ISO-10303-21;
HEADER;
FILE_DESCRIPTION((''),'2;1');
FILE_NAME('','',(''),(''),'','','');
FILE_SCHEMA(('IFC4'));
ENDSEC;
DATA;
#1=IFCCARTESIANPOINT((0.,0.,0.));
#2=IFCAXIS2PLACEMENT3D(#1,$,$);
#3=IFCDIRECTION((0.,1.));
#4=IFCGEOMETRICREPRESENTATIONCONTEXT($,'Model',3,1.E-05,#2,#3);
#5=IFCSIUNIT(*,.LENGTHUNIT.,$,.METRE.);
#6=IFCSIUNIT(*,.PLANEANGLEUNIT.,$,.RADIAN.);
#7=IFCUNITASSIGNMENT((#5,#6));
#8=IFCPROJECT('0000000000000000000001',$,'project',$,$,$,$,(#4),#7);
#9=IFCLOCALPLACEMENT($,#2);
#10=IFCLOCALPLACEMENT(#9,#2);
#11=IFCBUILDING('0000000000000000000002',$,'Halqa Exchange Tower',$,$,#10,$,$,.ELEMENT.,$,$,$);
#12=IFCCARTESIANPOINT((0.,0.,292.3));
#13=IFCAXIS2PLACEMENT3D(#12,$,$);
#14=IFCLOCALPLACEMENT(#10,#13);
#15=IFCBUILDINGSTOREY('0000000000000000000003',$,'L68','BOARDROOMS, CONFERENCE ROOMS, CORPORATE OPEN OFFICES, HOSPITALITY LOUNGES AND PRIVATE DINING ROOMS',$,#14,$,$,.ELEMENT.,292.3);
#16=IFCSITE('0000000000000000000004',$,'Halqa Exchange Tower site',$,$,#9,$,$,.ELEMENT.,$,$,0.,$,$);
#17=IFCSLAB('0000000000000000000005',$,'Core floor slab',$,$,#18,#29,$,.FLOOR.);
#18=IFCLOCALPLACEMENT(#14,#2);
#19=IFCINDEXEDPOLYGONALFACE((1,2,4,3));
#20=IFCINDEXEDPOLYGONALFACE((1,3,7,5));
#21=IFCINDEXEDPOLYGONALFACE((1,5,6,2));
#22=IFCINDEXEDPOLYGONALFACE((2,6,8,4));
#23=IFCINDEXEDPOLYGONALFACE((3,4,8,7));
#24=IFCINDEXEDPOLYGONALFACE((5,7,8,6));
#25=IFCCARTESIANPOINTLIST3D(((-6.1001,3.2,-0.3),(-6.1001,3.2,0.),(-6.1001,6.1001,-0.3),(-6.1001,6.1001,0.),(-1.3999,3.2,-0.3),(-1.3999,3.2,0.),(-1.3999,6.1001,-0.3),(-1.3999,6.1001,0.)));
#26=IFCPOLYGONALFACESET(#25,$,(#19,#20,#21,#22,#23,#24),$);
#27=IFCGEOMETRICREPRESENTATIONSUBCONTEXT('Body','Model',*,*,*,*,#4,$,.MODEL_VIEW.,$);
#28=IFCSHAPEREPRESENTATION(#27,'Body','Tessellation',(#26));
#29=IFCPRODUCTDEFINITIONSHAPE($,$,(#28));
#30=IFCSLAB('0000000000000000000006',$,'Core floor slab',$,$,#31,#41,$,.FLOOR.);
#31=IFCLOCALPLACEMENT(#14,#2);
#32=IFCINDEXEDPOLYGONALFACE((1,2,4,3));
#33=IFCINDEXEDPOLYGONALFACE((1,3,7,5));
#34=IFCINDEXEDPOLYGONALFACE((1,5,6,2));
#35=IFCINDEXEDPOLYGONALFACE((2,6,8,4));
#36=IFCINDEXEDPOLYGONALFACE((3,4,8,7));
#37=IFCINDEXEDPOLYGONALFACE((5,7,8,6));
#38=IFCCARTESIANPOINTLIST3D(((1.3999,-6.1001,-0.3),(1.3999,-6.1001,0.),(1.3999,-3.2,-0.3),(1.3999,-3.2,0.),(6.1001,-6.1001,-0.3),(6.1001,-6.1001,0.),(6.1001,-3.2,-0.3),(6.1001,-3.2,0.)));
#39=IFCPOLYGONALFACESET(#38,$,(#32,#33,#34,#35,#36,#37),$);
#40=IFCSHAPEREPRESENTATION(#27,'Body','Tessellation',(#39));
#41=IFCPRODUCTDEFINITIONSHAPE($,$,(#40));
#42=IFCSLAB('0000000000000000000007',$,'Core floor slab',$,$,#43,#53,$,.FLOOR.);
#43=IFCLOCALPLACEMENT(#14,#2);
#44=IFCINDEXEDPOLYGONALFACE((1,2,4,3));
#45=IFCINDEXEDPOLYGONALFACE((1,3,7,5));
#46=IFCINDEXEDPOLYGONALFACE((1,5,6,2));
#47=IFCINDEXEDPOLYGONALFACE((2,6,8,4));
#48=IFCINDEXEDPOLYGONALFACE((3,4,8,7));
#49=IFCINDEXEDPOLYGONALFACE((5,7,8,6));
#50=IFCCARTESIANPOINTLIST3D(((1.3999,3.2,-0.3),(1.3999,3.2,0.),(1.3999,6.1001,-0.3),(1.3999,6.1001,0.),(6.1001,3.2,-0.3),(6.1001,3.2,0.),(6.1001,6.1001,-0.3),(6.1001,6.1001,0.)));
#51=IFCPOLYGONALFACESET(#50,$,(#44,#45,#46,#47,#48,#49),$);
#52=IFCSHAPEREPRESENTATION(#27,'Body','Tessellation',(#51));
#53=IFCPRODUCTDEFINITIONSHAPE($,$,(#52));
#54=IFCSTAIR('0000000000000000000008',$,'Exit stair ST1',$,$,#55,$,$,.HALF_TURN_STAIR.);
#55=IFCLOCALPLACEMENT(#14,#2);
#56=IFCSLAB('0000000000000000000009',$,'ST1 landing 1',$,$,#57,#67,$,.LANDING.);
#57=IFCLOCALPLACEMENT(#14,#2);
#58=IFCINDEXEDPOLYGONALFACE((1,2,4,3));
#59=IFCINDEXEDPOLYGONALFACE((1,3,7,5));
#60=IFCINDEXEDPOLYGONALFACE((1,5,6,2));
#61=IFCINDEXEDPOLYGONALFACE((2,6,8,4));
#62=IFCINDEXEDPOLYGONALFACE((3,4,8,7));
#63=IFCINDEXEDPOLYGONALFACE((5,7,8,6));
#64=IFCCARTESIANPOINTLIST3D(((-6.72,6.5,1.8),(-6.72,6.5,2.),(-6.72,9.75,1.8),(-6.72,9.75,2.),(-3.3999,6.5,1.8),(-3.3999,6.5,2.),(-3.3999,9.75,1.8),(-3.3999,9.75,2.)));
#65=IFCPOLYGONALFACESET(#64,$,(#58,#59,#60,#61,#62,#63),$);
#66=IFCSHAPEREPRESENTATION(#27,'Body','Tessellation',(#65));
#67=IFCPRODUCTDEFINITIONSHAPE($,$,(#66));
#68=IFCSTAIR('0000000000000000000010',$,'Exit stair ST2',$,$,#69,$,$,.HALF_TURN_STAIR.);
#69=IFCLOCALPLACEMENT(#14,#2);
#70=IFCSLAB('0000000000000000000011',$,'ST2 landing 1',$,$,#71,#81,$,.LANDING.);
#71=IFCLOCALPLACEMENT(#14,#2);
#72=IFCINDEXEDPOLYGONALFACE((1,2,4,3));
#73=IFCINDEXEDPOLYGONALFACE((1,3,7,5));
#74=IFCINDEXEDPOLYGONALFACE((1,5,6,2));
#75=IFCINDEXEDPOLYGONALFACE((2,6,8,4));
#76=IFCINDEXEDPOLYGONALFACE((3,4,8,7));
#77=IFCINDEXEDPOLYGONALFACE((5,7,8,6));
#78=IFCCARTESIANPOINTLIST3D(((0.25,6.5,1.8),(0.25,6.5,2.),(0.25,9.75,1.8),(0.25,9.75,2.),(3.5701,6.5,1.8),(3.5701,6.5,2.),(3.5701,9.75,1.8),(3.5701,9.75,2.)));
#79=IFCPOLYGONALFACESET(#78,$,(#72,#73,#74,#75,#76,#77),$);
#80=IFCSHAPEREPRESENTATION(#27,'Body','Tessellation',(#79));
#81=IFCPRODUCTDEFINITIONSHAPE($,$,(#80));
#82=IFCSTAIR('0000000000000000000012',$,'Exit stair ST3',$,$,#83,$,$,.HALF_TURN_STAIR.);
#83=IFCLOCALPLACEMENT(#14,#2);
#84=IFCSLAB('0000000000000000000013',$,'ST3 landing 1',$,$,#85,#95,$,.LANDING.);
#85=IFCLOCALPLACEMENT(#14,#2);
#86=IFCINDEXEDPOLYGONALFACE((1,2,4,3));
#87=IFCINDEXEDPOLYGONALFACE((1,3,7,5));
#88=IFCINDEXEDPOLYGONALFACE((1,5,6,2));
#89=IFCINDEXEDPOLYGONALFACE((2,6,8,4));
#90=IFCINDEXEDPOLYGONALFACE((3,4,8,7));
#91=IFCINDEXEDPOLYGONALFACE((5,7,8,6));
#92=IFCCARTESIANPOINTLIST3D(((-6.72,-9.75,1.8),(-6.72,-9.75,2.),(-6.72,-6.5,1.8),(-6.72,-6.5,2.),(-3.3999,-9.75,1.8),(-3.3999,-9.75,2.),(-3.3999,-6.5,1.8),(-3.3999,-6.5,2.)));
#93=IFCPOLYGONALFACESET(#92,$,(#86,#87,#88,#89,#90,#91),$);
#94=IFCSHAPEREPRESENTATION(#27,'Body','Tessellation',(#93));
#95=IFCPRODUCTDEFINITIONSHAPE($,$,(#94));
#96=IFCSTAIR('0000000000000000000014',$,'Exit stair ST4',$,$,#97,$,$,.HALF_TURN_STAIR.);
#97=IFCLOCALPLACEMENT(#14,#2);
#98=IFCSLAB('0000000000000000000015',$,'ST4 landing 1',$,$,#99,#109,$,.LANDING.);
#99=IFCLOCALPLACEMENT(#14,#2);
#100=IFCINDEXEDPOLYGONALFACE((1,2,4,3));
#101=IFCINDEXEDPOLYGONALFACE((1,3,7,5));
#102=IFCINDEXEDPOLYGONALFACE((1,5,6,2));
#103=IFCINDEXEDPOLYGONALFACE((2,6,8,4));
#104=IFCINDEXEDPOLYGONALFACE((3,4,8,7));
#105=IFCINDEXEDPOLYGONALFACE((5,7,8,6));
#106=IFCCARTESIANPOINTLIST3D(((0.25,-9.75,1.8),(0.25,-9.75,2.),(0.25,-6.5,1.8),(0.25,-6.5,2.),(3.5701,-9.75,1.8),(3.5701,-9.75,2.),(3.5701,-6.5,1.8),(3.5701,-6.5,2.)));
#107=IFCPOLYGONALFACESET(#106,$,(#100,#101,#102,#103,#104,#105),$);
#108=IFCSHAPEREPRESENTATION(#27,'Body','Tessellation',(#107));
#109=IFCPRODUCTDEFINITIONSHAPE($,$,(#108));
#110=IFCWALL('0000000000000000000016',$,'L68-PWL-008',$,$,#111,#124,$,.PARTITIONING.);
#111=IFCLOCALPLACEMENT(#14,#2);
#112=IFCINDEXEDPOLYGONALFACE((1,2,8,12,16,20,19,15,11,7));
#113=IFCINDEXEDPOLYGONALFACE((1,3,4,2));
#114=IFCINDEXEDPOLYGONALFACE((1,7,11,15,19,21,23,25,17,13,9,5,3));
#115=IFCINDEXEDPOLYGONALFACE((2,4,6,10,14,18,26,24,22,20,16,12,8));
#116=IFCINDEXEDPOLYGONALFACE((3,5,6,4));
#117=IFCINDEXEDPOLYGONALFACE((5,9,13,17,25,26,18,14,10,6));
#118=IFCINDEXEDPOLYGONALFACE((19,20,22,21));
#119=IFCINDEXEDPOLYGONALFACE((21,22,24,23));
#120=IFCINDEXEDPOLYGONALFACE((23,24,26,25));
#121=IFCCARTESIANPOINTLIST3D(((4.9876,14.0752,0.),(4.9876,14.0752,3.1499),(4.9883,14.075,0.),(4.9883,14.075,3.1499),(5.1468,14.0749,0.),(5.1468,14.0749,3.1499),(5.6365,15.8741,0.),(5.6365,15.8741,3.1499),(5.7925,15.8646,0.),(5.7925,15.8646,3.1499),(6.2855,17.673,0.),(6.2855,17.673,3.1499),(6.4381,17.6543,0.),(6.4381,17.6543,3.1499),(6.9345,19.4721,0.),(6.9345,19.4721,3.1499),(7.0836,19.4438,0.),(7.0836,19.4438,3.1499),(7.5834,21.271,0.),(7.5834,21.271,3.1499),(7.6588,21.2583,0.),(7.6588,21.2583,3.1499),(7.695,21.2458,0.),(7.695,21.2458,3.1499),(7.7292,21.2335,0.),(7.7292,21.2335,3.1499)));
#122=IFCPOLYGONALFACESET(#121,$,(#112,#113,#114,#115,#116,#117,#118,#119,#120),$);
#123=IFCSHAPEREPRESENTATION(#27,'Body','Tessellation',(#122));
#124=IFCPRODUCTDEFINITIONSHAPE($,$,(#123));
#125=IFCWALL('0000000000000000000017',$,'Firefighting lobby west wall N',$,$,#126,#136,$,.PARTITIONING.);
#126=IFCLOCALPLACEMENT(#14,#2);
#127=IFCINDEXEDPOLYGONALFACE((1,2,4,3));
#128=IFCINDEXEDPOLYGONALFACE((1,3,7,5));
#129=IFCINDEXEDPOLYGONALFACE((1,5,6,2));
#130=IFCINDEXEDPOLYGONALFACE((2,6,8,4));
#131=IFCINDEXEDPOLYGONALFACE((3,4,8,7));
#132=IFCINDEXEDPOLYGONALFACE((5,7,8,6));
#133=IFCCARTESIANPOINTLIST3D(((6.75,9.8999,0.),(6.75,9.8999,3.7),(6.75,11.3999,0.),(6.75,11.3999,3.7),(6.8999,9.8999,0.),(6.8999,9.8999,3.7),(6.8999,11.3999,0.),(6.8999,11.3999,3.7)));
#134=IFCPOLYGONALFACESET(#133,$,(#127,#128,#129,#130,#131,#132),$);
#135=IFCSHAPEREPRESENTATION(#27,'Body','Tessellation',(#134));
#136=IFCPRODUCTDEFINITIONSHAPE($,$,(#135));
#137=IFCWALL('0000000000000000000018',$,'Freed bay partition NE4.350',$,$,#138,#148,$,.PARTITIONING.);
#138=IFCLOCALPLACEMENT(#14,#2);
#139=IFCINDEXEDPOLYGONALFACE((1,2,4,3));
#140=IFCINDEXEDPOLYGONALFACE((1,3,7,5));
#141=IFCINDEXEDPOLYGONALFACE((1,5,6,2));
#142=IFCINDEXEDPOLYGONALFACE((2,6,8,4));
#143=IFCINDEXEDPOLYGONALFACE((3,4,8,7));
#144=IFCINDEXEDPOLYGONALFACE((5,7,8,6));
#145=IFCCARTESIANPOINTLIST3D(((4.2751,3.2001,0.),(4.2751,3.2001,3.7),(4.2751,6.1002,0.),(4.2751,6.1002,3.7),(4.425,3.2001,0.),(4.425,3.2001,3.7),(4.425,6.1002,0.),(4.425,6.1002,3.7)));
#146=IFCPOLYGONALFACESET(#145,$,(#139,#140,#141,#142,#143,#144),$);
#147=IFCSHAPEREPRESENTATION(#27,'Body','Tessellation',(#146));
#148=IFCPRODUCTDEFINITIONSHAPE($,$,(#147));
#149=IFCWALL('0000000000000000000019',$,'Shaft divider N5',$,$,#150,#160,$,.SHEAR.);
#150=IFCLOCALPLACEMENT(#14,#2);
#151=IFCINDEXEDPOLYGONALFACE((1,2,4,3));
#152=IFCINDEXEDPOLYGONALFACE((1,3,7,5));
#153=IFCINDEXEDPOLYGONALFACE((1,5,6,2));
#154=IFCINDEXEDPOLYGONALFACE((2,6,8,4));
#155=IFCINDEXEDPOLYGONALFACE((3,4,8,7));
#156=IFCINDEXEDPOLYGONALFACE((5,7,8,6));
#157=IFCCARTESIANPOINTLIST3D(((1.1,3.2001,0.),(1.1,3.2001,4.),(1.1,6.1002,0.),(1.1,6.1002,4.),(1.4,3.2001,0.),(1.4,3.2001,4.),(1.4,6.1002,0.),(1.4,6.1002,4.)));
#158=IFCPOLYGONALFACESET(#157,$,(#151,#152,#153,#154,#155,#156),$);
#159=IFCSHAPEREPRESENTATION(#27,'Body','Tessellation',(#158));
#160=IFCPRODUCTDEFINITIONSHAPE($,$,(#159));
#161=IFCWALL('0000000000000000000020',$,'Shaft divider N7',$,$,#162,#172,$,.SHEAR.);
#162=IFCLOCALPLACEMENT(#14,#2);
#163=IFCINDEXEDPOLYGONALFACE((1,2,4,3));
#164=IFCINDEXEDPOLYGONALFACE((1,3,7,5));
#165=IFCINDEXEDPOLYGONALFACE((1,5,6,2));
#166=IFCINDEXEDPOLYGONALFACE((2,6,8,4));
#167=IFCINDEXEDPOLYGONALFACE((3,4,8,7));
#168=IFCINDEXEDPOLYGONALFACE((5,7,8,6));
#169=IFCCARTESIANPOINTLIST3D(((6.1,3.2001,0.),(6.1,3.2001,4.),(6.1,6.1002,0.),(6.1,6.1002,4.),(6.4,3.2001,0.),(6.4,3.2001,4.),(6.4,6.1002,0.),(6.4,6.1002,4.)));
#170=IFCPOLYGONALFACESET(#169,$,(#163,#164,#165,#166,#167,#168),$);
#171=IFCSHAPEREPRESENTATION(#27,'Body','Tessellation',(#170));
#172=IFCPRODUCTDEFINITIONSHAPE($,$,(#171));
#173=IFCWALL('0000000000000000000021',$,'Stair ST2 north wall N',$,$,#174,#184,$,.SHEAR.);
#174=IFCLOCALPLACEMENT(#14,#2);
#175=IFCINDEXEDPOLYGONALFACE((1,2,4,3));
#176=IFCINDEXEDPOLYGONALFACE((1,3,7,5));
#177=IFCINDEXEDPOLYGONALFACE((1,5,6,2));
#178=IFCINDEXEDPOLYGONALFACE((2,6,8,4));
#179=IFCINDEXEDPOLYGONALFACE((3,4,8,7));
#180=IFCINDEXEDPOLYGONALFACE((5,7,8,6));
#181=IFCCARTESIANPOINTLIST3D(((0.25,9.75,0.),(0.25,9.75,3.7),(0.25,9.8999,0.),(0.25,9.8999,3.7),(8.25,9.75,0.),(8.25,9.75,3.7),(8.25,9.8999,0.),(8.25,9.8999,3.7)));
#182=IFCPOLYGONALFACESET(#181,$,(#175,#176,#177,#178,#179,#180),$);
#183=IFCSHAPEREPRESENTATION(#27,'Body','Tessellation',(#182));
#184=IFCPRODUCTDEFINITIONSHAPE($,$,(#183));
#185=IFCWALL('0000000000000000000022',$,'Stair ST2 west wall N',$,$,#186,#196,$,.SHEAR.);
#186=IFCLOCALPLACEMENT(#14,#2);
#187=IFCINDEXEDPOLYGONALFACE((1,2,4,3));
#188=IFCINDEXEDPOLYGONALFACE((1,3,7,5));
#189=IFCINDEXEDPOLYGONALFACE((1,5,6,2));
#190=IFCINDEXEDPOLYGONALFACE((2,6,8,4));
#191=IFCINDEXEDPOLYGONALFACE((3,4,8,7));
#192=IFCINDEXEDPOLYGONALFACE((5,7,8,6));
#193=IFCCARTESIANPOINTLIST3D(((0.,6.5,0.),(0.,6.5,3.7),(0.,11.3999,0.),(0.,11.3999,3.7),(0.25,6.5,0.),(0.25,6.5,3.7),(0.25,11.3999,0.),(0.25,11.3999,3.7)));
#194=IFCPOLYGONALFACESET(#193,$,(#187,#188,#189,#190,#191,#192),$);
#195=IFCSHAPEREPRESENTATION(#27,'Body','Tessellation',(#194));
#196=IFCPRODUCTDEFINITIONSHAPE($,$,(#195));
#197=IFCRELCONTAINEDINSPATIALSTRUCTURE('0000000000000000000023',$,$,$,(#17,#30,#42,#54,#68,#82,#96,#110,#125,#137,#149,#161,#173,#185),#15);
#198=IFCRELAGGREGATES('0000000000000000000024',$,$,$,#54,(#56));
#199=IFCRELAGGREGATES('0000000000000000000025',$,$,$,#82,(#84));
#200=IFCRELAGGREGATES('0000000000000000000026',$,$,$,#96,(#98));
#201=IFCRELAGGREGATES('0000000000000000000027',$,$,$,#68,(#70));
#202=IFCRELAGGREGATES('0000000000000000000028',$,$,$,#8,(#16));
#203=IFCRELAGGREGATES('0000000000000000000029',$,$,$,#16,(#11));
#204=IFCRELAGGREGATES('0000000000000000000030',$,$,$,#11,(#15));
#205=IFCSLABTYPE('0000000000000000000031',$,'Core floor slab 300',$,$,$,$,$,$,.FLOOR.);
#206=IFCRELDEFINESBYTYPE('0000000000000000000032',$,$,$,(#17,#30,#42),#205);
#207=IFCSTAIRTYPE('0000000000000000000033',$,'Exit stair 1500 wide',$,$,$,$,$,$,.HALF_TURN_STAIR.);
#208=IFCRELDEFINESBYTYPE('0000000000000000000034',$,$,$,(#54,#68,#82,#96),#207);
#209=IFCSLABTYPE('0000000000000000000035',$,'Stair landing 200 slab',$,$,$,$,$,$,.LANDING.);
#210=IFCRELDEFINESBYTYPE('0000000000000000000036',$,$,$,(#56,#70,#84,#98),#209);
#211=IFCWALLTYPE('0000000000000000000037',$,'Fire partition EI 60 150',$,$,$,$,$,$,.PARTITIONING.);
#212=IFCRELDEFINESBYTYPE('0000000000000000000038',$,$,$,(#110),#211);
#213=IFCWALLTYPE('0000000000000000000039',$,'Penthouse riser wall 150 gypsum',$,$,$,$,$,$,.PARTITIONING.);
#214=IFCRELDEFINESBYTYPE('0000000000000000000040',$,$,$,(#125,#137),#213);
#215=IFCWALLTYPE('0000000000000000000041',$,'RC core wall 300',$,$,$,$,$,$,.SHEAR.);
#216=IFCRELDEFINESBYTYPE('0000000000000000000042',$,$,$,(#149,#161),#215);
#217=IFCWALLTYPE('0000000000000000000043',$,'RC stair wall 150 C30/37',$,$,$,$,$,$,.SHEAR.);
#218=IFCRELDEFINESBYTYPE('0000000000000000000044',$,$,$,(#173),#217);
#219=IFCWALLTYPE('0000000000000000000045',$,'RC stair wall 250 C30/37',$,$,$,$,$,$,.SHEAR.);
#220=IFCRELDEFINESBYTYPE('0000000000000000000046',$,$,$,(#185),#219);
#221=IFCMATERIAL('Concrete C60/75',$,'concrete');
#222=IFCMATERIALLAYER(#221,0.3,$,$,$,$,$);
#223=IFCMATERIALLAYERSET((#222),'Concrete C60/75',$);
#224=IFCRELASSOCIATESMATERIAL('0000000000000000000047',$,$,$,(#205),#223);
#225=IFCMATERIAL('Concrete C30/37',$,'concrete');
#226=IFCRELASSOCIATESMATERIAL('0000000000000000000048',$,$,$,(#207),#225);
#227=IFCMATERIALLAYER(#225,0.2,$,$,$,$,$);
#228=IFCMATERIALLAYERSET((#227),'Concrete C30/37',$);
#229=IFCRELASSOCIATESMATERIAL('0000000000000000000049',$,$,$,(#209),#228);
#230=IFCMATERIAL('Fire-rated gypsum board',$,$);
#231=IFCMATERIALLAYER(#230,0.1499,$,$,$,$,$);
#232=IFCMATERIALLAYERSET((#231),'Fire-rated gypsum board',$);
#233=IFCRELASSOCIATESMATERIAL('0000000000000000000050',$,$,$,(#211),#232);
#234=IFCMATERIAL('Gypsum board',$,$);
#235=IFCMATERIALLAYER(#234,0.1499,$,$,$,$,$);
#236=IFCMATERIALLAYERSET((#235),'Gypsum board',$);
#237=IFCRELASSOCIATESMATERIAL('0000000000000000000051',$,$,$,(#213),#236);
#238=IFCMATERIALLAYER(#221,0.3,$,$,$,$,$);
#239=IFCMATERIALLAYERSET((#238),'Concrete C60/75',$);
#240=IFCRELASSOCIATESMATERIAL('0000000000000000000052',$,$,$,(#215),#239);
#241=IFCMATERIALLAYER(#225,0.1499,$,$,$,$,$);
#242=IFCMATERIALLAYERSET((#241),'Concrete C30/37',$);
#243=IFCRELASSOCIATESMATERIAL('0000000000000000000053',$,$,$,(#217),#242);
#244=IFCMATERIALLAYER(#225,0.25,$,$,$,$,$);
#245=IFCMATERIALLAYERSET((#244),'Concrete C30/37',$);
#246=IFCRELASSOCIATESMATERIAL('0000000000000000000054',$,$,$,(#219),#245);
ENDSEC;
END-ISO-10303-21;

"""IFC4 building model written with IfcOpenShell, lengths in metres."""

from ifc_helpers import new_model, si_unit, direction, frame, frame_2d, origin, place, context, subcontext, project, spatial, polyline, rectangle, outline, extrude, material, layer, layer_set, type_object, element, aggregate, save


model = new_model("IFC4")

# Units and contexts
model_context = context("Model", 3, precision=1e-05, world=origin(), true_north=direction((0.0, 1.0)))
body_context = subcontext(model_context, "Body", "Model", "MODEL_VIEW")
ifc_project = project(units=[si_unit("LENGTHUNIT", "METRE"), si_unit("PLANEANGLEUNIT", "RADIAN")], contexts=[model_context])

# Site, building, storey
site_placement = place(None, origin())
site = spatial("IfcSite", under=ifc_project, at=site_placement, Name="Halqa Exchange Tower site", CompositionType="ELEMENT", RefElevation=0.0)
building_placement = place(site_placement, origin())
building = spatial("IfcBuilding", under=site, at=building_placement, Name="Halqa Exchange Tower", CompositionType="ELEMENT")
storey_placement = place(building_placement, frame((0.0, 0.0, 292.3)))
storey = spatial("IfcBuildingStorey", under=building, at=storey_placement, Name="L68", Description="BOARDROOMS, CONFERENCE ROOMS, CORPORATE OPEN OFFICES, HOSPITALITY LOUNGES AND PRIVATE DINING ROOMS", CompositionType="ELEMENT", Elevation=292.3)

# Shared definitions
ifc_material_1 = material(Name="Concrete C60/75", Category="concrete")

# Slabs
ifc_layer_1 = layer(ifc_material_1, 0.3)
ifc_layer_set_1 = layer_set([ifc_layer_1], Name="Concrete C60/75")
slab_type_1 = type_object("IfcSlabType", Name="Core floor slab 300", PredefinedType="FLOOR", material=ifc_layer_set_1)
slab_1_placement = place(storey_placement, frame((0.0, 0.0, -0.3)))
element("IfcSlab", 1, at=slab_1_placement, inside=storey, type_object=slab_type_1, Name="Core floor slab", PredefinedType="FLOOR", context=body_context, shape_type="SweptSolid", body=[
    extrude(outline(polyline([(-1.3999, 3.2), (-6.1001, 3.2), (-6.1001, 6.1001), (-1.3999, 6.1001), (-1.3999, 3.2)])), origin(), (0.0, 0.0, 1.0), 0.3),
])
slab_2_placement = place(storey_placement, frame((0.0, 0.0, -0.3)))
element("IfcSlab", 2, at=slab_2_placement, inside=storey, type_object=slab_type_1, Name="Core floor slab", PredefinedType="FLOOR", context=body_context, shape_type="SweptSolid", body=[
    extrude(outline(polyline([(6.1001, -3.2), (6.1001, -6.1001), (1.3999, -6.1001), (1.3999, -3.2), (6.1001, -3.2)])), origin(), (0.0, 0.0, 1.0), 0.3),
])
slab_3_placement = place(storey_placement, frame((0.0, 0.0, -0.3)))
element("IfcSlab", 3, at=slab_3_placement, inside=storey, type_object=slab_type_1, Name="Core floor slab", PredefinedType="FLOOR", context=body_context, shape_type="SweptSolid", body=[
    extrude(outline(polyline([(6.1001, 6.1001), (6.1001, 3.2), (1.3999, 3.2), (1.3999, 6.1001), (6.1001, 6.1001)])), origin(), (0.0, 0.0, 1.0), 0.3),
])

# Stairs, slabs
ifc_material_2 = material(Name="Concrete C30/37", Category="concrete")
stair_type = type_object("IfcStairType", Name="Exit stair 1500 wide", PredefinedType="HALF_TURN_STAIR", material=ifc_material_2)
stair_1_placement = place(storey_placement, origin())
stair_1 = element("IfcStair", 4, at=stair_1_placement, inside=storey, type_object=stair_type, Name="Exit stair ST1", PredefinedType="HALF_TURN_STAIR")
ifc_layer_2 = layer(ifc_material_2, 0.2)
ifc_layer_set_2 = layer_set([ifc_layer_2], Name="Concrete C30/37")
slab_type_2 = type_object("IfcSlabType", Name="Stair landing 200 slab", PredefinedType="LANDING", material=ifc_layer_set_2)
slab_4_placement = place(storey_placement, frame((0.0, 0.0, 1.8)))
slab_4 = element("IfcSlab", 5, at=slab_4_placement, type_object=slab_type_2, Name="ST1 landing 1", PredefinedType="LANDING", context=body_context, shape_type="SweptSolid", body=[
    extrude(outline(polyline([(-6.72, 6.5), (-3.3999, 6.5), (-3.3999, 9.75), (-6.72, 9.75), (-6.72, 6.5)])), origin(), (0.0, 0.0, 1.0), 0.2),
])
aggregate(stair_1, [slab_4])
stair_2_placement = place(storey_placement, origin())
stair_2 = element("IfcStair", 6, at=stair_2_placement, inside=storey, type_object=stair_type, Name="Exit stair ST2", PredefinedType="HALF_TURN_STAIR")
slab_5_placement = place(storey_placement, frame((0.0, 0.0, 1.8)))
slab_5 = element("IfcSlab", 7, at=slab_5_placement, type_object=slab_type_2, Name="ST2 landing 1", PredefinedType="LANDING", context=body_context, shape_type="SweptSolid", body=[
    extrude(outline(polyline([(0.25, 6.5), (3.5701, 6.5), (3.5701, 9.75), (0.25, 9.75), (0.25, 6.5)])), origin(), (0.0, 0.0, 1.0), 0.2),
])
stair_3_placement = place(storey_placement, origin())
stair_3 = element("IfcStair", 8, at=stair_3_placement, inside=storey, type_object=stair_type, Name="Exit stair ST3", PredefinedType="HALF_TURN_STAIR")
slab_6_placement = place(storey_placement, frame((0.0, 0.0, 1.8)))
slab_6 = element("IfcSlab", 9, at=slab_6_placement, type_object=slab_type_2, Name="ST3 landing 1", PredefinedType="LANDING", context=body_context, shape_type="SweptSolid", body=[
    extrude(outline(polyline([(-6.72, -9.75), (-3.3999, -9.75), (-3.3999, -6.5), (-6.72, -6.5), (-6.72, -9.75)])), origin(), (0.0, 0.0, 1.0), 0.2),
])
aggregate(stair_3, [slab_6])
stair_4_placement = place(storey_placement, origin())
stair_4 = element("IfcStair", 10, at=stair_4_placement, inside=storey, type_object=stair_type, Name="Exit stair ST4", PredefinedType="HALF_TURN_STAIR")
slab_7_placement = place(storey_placement, frame((0.0, 0.0, 1.8)))
slab_7 = element("IfcSlab", 11, at=slab_7_placement, type_object=slab_type_2, Name="ST4 landing 1", PredefinedType="LANDING", context=body_context, shape_type="SweptSolid", body=[
    extrude(outline(polyline([(0.25, -9.75), (3.5701, -9.75), (3.5701, -6.5), (0.25, -6.5), (0.25, -9.75)])), origin(), (0.0, 0.0, 1.0), 0.2),
])
aggregate(stair_4, [slab_7])

# Walls
ifc_material_3 = material(Name="Fire-rated gypsum board")
ifc_layer_3 = layer(ifc_material_3, 0.1499)
ifc_layer_set_3 = layer_set([ifc_layer_3], Name="Fire-rated gypsum board")
wall_type_1 = type_object("IfcWallType", Name="Fire partition EI 60 150", PredefinedType="PARTITIONING", material=ifc_layer_set_3)
wall_1_placement = place(storey_placement, frame((5.0581, 14.0498, 0.0), z_axis=(0.0, 0.0, 1.0), x_axis=(0.339338, 0.940665, 0.0)))
element("IfcWall", 12, at=wall_1_placement, inside=storey, type_object=wall_type_1, Name="L68-PWL-008", PredefinedType="PARTITIONING", context=body_context, shape_type="SweptSolid", body=[
    extrude(outline(polyline([(7.6638, -0.075), (7.6638, -0.0386), (7.6633, -0.0002), (7.6497, 0.075), (5.7373, 0.075), (3.8247, 0.075), (1.9124, 0.075), (0.0, 0.075), (0.0, 0.0742), (0.0537, -0.075), (1.9563, -0.075), (3.8589, -0.075), (5.7612, -0.075), (7.6638, -0.075)])), origin(), (0.0, 0.0, 1.0), 3.1499),
])
ifc_material_4 = material(Name="Gypsum board")
ifc_layer_4 = layer(ifc_material_4, 0.1499)
ifc_layer_set_4 = layer_set([ifc_layer_4], Name="Gypsum board")
wall_type_2 = type_object("IfcWallType", Name="Penthouse riser wall 150 gypsum", PredefinedType="PARTITIONING", material=ifc_layer_set_4)
wall_2_placement = place(storey_placement, frame((6.825, 9.8999, 0.0), z_axis=(0.0, 0.0, 1.0), x_axis=(0.0, 1.0, 0.0)))
element("IfcWall", 13, at=wall_2_placement, inside=storey, type_object=wall_type_2, Name="Firefighting lobby west wall N", PredefinedType="PARTITIONING", context=body_context, shape_type="SweptSolid", body=[
    extrude(rectangle(XDim=1.5, YDim=0.1499, at=frame_2d((0.75, 0.0))), origin(), (0.0, 0.0, 1.0), 3.7),
])
wall_3_placement = place(storey_placement, frame((4.3501, 3.2, 0.0), z_axis=(0.0, 0.0, 1.0), x_axis=(0.0, 1.0, 0.0)))
element("IfcWall", 14, at=wall_3_placement, inside=storey, type_object=wall_type_2, Name="Freed bay partition NE4.350", PredefinedType="PARTITIONING", context=body_context, shape_type="SweptSolid", body=[
    extrude(rectangle(XDim=2.9001, YDim=0.1499, at=frame_2d((1.4502, 0.0))), origin(), (0.0, 0.0, 1.0), 3.7),
])
ifc_layer_5 = layer(ifc_material_1, 0.3)
ifc_layer_set_5 = layer_set([ifc_layer_5], Name="Concrete C60/75")
wall_type_3 = type_object("IfcWallType", Name="RC core wall 300", PredefinedType="SHEAR", material=ifc_layer_set_5)
for number, where, z_axis, x_axis, name in (
    (15, (1.25, 3.2, 0.0), (0.0, 0.0, 1.0), (0.0, 1.0, 0.0), "Shaft divider N5"),
    (16, (6.25, 3.2, 0.0), (0.0, 0.0, 1.0), (0.0, 1.0, 0.0), "Shaft divider N7"),
):
    element("IfcWall", number, at=place(storey_placement, frame(where, z_axis=z_axis, x_axis=x_axis)), inside=storey, type_object=wall_type_3, Name=name, PredefinedType="SHEAR", context=body_context, shape_type="SweptSolid", body=[
        extrude(rectangle(XDim=2.9001, YDim=0.3, at=frame_2d((1.4502, 0.0))), origin(), (0.0, 0.0, 1.0), 4.0),
    ])
ifc_layer_6 = layer(ifc_material_2, 0.1499)
ifc_layer_set_6 = layer_set([ifc_layer_6], Name="Concrete C30/37")
wall_type_4 = type_object("IfcWallType", Name="RC stair wall 150 C30/37", PredefinedType="SHEAR", material=ifc_layer_set_6)
wall_4_placement = place(storey_placement, frame((0.25, 9.825, 0.0), z_axis=(0.0, 0.0, 1.0), x_axis=(1.0, 0.0, 0.0)))
element("IfcWall", 17, at=wall_4_placement, inside=storey, type_object=wall_type_4, Name="Stair ST2 north wall N", PredefinedType="SHEAR", context=body_context, shape_type="SweptSolid", body=[
    extrude(rectangle(XDim=8.0, YDim=0.1499, at=frame_2d((4.0, 0.0))), origin(), (0.0, 0.0, 1.0), 3.7),
])
ifc_layer_7 = layer(ifc_material_2, 0.25)
ifc_layer_set_7 = layer_set([ifc_layer_7], Name="Concrete C30/37")
wall_type_5 = type_object("IfcWallType", Name="RC stair wall 250 C30/37", PredefinedType="SHEAR", material=ifc_layer_set_7)
wall_5_placement = place(storey_placement, frame((0.125, 6.5, 0.0), z_axis=(0.0, 0.0, 1.0), x_axis=(0.0, 1.0, 0.0)))
element("IfcWall", 18, at=wall_5_placement, inside=storey, type_object=wall_type_5, Name="Stair ST2 west wall N", PredefinedType="SHEAR", context=body_context, shape_type="SweptSolid", body=[
    extrude(rectangle(XDim=4.8999, YDim=0.25, at=frame_2d((2.45, 0.0))), origin(), (0.0, 0.0, 1.0), 3.7),
])

aggregate(stair_2, [slab_5])

save(model, "model.ifc")
